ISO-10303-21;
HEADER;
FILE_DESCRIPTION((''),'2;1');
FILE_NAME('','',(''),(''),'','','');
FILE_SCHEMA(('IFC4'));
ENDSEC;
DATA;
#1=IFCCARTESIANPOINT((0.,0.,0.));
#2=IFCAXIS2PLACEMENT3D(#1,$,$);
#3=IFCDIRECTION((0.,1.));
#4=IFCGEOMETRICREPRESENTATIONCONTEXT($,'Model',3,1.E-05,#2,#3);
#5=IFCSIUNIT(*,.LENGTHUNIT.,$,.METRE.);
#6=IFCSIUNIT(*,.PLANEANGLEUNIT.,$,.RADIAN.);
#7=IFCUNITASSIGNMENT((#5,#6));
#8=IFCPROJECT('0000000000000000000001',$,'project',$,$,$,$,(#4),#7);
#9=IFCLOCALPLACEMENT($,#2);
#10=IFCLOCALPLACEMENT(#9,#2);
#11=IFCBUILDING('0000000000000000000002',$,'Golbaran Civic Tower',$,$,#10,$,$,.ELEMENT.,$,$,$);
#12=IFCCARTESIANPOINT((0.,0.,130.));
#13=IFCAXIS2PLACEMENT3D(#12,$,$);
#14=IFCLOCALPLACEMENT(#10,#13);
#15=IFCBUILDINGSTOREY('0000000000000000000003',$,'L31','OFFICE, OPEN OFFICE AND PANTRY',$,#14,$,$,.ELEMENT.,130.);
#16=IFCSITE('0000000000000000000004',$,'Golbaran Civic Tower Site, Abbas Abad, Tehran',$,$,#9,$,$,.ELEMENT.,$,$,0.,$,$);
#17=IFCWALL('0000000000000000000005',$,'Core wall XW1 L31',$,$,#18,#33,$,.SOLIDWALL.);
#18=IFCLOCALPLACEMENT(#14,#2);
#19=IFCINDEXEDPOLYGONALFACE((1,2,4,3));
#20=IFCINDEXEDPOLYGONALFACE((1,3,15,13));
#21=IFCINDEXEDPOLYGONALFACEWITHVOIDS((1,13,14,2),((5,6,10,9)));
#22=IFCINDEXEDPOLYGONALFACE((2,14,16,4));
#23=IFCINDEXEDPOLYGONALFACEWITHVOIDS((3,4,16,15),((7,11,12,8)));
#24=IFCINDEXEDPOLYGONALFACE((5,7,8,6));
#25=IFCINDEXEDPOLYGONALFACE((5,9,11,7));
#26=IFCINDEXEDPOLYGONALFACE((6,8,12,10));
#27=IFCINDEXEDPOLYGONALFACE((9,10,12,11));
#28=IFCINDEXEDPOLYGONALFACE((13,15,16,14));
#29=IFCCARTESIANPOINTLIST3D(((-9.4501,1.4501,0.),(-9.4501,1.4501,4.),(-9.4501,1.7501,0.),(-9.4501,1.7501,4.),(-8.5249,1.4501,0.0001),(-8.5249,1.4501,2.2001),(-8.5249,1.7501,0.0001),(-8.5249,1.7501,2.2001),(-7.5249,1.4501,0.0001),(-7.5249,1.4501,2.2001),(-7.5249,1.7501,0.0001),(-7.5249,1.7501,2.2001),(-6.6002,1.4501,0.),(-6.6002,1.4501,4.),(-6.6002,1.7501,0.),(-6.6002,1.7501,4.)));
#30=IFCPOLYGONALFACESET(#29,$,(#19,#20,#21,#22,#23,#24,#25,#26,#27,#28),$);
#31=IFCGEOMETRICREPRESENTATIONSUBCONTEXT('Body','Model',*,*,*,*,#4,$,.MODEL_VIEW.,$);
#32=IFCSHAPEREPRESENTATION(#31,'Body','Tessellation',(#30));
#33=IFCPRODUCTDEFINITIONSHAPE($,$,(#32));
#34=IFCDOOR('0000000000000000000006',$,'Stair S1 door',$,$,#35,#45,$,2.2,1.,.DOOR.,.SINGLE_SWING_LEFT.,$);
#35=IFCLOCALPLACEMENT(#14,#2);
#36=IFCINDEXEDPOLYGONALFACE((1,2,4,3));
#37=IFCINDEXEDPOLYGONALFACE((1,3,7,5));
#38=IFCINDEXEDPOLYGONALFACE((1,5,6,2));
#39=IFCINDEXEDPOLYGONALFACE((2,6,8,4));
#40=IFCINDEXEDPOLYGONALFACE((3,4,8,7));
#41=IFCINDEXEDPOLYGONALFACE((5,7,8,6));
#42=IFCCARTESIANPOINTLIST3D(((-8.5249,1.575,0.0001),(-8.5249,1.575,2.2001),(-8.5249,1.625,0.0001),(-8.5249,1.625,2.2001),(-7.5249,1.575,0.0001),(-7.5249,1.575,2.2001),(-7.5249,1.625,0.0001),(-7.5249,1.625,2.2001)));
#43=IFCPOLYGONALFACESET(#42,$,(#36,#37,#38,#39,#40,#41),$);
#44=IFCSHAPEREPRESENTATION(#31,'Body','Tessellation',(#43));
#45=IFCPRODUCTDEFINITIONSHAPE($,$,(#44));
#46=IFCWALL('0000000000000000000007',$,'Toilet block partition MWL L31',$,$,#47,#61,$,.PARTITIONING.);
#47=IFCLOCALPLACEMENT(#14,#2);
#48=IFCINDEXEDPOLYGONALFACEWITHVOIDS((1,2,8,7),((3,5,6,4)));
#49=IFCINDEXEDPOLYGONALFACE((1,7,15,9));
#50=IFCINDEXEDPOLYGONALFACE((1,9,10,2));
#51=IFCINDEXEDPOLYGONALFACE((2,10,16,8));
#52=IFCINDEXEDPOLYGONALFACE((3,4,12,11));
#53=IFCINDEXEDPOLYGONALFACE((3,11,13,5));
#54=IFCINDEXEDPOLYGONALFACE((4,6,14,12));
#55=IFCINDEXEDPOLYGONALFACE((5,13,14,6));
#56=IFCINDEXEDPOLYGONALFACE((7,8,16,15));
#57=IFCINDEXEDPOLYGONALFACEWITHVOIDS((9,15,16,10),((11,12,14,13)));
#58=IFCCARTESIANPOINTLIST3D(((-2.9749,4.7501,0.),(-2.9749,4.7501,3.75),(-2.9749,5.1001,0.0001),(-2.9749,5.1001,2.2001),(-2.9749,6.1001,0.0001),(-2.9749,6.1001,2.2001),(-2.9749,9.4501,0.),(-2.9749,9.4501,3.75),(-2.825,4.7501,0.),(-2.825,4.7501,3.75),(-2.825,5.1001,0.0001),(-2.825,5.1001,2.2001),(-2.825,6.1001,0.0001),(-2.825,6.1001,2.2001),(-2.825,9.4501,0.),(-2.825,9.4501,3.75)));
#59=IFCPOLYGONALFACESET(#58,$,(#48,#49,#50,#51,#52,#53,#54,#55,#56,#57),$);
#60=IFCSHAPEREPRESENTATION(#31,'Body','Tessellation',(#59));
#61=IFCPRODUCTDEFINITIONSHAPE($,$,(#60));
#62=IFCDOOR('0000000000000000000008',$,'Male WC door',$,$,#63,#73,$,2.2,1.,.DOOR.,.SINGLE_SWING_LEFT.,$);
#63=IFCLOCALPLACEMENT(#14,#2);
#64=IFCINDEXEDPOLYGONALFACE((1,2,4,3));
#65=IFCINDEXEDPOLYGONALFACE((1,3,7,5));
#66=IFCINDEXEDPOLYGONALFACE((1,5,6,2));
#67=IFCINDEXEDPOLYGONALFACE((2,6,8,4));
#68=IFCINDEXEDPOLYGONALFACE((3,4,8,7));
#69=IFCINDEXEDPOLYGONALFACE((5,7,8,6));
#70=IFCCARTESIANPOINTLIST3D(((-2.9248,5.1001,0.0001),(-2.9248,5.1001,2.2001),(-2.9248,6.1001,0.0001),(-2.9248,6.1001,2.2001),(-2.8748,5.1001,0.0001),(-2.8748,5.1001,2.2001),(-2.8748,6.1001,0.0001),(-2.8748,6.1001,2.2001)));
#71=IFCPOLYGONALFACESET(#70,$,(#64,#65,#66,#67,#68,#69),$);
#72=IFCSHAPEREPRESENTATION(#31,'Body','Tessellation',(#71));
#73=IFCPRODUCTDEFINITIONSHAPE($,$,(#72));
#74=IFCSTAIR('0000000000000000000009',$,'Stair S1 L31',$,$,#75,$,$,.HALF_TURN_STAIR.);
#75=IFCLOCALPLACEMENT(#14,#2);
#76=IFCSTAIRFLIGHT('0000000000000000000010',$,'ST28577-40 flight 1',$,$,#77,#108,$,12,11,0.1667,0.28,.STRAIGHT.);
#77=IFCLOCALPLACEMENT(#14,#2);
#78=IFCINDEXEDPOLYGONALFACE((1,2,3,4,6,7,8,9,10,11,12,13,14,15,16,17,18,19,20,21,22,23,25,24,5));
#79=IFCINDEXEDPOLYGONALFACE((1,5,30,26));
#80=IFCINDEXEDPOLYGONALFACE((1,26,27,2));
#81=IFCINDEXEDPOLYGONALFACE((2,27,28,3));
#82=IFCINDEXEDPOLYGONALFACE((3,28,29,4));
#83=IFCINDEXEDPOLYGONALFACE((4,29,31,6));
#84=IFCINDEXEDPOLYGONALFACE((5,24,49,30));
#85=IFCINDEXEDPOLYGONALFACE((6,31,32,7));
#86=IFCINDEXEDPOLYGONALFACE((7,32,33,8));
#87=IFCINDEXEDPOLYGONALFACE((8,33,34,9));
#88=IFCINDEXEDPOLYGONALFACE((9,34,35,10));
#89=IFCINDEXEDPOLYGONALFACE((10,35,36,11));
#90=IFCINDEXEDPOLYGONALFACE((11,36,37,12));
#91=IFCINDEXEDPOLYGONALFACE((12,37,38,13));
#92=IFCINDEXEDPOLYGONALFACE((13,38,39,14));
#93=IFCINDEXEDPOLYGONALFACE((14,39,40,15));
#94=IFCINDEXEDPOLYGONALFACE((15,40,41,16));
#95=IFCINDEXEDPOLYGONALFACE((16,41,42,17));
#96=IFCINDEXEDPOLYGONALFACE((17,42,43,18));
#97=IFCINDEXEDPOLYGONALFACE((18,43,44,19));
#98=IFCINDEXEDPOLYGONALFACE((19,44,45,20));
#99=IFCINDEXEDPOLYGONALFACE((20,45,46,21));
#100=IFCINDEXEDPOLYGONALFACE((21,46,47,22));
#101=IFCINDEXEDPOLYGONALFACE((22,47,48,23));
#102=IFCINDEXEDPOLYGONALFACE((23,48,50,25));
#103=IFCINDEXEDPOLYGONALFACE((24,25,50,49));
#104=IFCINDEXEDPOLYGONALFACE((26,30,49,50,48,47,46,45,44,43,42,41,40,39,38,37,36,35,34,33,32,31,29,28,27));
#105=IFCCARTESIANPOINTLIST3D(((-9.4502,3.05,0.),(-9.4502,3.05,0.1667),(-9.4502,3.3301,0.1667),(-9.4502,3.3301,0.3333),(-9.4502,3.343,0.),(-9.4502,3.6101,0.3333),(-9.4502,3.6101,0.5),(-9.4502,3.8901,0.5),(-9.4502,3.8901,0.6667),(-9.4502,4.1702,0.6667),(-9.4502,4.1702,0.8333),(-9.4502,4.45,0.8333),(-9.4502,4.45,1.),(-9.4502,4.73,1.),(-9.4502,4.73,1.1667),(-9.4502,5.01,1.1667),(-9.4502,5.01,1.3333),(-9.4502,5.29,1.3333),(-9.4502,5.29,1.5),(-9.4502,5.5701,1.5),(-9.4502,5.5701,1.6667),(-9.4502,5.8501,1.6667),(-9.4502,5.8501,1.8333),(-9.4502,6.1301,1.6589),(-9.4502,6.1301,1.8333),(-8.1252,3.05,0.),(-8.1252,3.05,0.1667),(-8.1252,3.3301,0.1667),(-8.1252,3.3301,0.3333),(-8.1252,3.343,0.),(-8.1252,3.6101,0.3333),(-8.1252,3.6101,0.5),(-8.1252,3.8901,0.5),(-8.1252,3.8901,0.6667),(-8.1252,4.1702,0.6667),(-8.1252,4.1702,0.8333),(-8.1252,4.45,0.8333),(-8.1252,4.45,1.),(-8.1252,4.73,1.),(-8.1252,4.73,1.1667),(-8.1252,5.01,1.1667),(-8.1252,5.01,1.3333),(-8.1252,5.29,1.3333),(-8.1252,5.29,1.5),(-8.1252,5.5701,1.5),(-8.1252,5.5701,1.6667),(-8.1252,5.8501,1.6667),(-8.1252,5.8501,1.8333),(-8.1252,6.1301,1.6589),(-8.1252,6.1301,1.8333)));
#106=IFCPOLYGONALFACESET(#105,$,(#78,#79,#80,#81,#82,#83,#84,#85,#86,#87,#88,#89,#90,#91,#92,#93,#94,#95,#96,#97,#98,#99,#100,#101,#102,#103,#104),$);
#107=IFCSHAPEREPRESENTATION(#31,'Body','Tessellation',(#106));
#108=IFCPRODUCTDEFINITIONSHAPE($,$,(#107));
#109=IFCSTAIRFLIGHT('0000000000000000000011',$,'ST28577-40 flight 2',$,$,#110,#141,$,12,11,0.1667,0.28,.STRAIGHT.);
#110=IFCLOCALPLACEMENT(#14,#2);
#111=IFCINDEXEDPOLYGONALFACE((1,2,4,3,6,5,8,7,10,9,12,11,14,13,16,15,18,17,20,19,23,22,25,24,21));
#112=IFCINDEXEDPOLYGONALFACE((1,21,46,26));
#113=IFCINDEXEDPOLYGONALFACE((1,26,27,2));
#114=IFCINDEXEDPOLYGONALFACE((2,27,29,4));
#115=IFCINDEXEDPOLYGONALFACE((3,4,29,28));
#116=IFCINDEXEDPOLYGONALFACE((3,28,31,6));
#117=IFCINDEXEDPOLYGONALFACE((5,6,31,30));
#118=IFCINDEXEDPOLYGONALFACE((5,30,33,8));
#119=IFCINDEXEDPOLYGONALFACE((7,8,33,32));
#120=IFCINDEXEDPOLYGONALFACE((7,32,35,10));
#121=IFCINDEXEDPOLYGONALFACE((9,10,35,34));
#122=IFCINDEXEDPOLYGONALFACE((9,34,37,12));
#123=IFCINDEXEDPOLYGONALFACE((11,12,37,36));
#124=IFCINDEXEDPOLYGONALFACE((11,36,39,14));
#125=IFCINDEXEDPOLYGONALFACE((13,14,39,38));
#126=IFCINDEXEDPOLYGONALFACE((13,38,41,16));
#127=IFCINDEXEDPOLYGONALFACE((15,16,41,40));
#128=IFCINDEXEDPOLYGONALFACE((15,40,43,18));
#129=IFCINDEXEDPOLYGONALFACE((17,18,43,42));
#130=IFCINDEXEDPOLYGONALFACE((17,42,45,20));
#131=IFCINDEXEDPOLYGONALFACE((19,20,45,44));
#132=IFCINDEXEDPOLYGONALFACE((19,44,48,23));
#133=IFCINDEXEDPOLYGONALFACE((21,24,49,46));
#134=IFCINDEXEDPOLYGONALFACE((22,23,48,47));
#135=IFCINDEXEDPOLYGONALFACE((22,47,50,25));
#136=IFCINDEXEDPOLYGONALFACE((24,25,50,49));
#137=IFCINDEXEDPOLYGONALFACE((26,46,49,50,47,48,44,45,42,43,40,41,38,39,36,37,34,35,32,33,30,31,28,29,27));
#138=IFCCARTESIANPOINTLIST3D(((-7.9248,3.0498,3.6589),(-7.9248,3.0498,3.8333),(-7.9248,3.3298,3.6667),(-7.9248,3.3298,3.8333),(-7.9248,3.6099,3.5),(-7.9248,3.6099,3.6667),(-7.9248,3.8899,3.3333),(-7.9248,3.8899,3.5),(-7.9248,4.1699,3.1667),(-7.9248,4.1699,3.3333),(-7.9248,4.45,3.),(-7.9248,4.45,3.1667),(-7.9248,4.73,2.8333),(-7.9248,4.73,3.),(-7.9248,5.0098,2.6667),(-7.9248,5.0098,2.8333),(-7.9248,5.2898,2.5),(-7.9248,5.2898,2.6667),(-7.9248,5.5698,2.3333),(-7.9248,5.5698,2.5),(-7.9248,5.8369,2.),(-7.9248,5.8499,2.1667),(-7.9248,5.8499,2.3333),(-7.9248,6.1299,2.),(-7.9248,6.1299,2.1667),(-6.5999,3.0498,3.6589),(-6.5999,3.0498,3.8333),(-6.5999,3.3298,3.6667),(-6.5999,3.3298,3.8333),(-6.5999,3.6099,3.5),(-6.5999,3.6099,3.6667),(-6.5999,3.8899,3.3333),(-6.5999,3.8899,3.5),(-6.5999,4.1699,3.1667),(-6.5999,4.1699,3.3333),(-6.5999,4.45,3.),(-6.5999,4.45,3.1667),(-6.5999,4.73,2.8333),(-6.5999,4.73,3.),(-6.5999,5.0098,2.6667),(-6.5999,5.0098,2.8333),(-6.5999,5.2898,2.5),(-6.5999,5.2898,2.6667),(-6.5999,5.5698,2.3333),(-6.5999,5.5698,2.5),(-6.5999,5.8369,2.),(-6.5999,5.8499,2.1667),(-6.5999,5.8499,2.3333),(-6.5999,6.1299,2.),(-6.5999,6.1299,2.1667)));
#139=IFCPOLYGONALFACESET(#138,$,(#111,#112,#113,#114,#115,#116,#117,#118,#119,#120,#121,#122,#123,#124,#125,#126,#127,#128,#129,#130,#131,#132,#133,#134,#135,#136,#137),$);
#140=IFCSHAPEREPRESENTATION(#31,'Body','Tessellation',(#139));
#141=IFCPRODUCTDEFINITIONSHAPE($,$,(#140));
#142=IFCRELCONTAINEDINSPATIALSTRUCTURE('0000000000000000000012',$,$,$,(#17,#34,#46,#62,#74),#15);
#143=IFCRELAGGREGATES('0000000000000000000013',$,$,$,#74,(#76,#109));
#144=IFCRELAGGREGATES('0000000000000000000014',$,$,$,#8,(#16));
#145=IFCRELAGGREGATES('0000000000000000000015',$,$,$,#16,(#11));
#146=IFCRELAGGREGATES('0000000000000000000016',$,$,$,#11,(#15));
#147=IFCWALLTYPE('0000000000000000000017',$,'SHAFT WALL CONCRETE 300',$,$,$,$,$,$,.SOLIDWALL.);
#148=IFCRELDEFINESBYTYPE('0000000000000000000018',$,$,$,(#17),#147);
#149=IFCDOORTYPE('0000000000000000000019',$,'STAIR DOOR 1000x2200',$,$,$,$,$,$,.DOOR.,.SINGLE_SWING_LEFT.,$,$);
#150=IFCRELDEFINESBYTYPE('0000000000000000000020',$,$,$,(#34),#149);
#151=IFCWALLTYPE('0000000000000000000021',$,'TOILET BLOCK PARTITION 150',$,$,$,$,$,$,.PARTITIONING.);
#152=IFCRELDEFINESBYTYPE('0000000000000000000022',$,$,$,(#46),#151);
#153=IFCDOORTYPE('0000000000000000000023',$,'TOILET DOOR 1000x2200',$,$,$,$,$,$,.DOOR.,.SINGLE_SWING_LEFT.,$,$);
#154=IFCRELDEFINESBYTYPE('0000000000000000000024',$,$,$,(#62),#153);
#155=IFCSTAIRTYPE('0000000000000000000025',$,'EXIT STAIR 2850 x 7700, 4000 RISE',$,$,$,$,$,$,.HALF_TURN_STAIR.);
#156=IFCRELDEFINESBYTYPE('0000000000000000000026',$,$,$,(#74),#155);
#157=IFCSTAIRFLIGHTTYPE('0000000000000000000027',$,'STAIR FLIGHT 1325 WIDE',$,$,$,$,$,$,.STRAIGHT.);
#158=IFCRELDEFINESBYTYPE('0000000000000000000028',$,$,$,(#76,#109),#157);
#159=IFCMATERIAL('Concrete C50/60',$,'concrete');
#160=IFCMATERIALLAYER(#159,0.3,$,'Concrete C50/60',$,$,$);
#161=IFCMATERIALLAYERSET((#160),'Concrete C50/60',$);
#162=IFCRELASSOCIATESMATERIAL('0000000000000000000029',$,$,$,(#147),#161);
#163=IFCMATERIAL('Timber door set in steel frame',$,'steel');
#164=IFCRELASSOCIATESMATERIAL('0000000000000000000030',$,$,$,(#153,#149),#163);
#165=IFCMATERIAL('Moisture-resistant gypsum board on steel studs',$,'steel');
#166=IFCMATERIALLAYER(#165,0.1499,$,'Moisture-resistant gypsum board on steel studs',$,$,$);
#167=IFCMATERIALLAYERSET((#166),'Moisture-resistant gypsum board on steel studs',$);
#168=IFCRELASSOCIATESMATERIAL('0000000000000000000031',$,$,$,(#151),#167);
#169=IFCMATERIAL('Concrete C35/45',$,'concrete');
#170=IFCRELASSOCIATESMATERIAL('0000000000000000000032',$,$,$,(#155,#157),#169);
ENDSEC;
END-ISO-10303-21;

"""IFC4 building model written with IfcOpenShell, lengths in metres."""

from ifc_helpers import new_model, si_unit, direction, frame, frame_2d, origin, place, context, subcontext, project, spatial, polyline, rectangle, outline, extrude, material, layer, layer_set, type_object, element, fill, aggregate, save


model = new_model("IFC4")

# Units and contexts
model_context = context("Model", 3, precision=1e-05, world=origin(), true_north=direction((0.0, 1.0)))
body_context = subcontext(model_context, "Body", "Model", "MODEL_VIEW")
ifc_project = project(units=[si_unit("LENGTHUNIT", "METRE"), si_unit("PLANEANGLEUNIT", "RADIAN")], contexts=[model_context])

# Site, building, storey
site_placement = place(None, origin())
site = spatial("IfcSite", under=ifc_project, at=site_placement, Name="Golbaran Civic Tower Site, Abbas Abad, Tehran", CompositionType="ELEMENT", RefElevation=0.0)
building_placement = place(site_placement, origin())
building = spatial("IfcBuilding", under=site, at=building_placement, Name="Golbaran Civic Tower", CompositionType="ELEMENT")
storey_placement = place(building_placement, frame((0.0, 0.0, 130.0)))
storey = spatial("IfcBuildingStorey", under=building, at=storey_placement, Name="L31", Description="OFFICE, OPEN OFFICE AND PANTRY", CompositionType="ELEMENT", Elevation=130.0)

# Shared definitions
ifc_material_1 = material(Name="Timber door set in steel frame", Category="steel")

# Shared definitions
ifc_material_2 = material(Name="Concrete C50/60", Category="concrete")
ifc_layer_1 = layer(ifc_material_2, 0.3, Name="Concrete C50/60")
ifc_layer_set_1 = layer_set([ifc_layer_1], Name="Concrete C50/60")
wall_type_1 = type_object("IfcWallType", Name="SHAFT WALL CONCRETE 300", PredefinedType="SOLIDWALL", material=ifc_layer_set_1)

# Walls, openings, doors
door_type_1 = type_object("IfcDoorType", Name="TOILET DOOR 1000x2200", OperationType="SINGLE_SWING_LEFT", PredefinedType="DOOR", material=ifc_material_1)
wall_1_placement = place(storey_placement, frame((-9.45, 1.6001, 0.0), z_axis=(0.0, 0.0, 1.0), x_axis=(1.0, 0.0, 0.0)))
wall_1 = element("IfcWall", 1, at=wall_1_placement, inside=storey, type_object=wall_type_1, Name="Core wall XW1 L31", PredefinedType="SOLIDWALL", context=body_context, shape_type="SweptSolid", body=[
    extrude(rectangle(XDim=2.8499, YDim=0.3, at=frame_2d((1.4248, 0.0))), origin(), (0.0, 0.0, 1.0), 4.0),
])
opening_1_placement = place(wall_1_placement, frame((0.925, 0.0, 0.0)))
opening_1 = element("IfcOpeningElement", 2, at=opening_1_placement, cuts=wall_1, PredefinedType="OPENING", context=body_context, shape_type="SweptSolid", body=[
    extrude(rectangle(XDim=1.0, YDim=2.2, at=frame_2d((0.5, 1.1001))), frame((0.0, 0.1599, 0.0), z_axis=(0.0, -1.0, 0.0), x_axis=(1.0, 0.0, 0.0)), (0.0, 0.0, 1.0), 0.3201),
])
door_type_2 = type_object("IfcDoorType", Name="STAIR DOOR 1000x2200", OperationType="SINGLE_SWING_LEFT", PredefinedType="DOOR", material=ifc_material_1)
door_1_placement = place(opening_1_placement, origin())
door_1 = element("IfcDoor", 3, at=door_1_placement, inside=storey, type_object=door_type_2, Name="Stair S1 door", OperationType="SINGLE_SWING_LEFT", OverallHeight=2.2, OverallWidth=1.0, PredefinedType="DOOR", context=body_context, shape_type="SweptSolid", body=[
    extrude(rectangle(XDim=1.0, YDim=2.2, at=frame_2d((0.5, 1.1001))), frame((0.0, 0.0249, 0.0), z_axis=(0.0, -1.0, 0.0), x_axis=(1.0, 0.0, 0.0)), (0.0, 0.0, 1.0), 0.05),
])
fill(opening_1, door_1)
ifc_material_3 = material(Name="Moisture-resistant gypsum board on steel studs", Category="steel")
ifc_layer_2 = layer(ifc_material_3, 0.1499, Name="Moisture-resistant gypsum board on steel studs")
ifc_layer_set_2 = layer_set([ifc_layer_2], Name="Moisture-resistant gypsum board on steel studs")
wall_type_2 = type_object("IfcWallType", Name="TOILET BLOCK PARTITION 150", PredefinedType="PARTITIONING", material=ifc_layer_set_2)
wall_2_placement = place(storey_placement, frame((-2.8999, 4.75, 0.0), z_axis=(0.0, 0.0, 1.0), x_axis=(0.0, 1.0, 0.0)))
wall_2 = element("IfcWall", 4, at=wall_2_placement, inside=storey, type_object=wall_type_2, Name="Toilet block partition MWL L31", PredefinedType="PARTITIONING", context=body_context, shape_type="SweptSolid", body=[
    extrude(rectangle(XDim=4.7, YDim=0.1499, at=frame_2d((2.3501, 0.0))), origin(), (0.0, 0.0, 1.0), 3.75),
])
opening_2_placement = place(wall_2_placement, frame((0.3501, 0.0, 0.0)))
opening_2 = element("IfcOpeningElement", 5, at=opening_2_placement, cuts=wall_2, PredefinedType="OPENING", context=body_context, shape_type="SweptSolid", body=[
    extrude(rectangle(XDim=1.0, YDim=2.2, at=frame_2d((0.5, 1.1001))), frame((0.0, 0.085, 0.0), z_axis=(0.0, -1.0, 0.0), x_axis=(1.0, 0.0, 0.0)), (0.0, 0.0, 1.0), 0.1699),
])
door_2_placement = place(opening_2_placement, origin())
door_2 = element("IfcDoor", 6, at=door_2_placement, inside=storey, type_object=door_type_1, Name="Male WC door", OperationType="SINGLE_SWING_LEFT", OverallHeight=2.2, OverallWidth=1.0, PredefinedType="DOOR", context=body_context, shape_type="SweptSolid", body=[
    extrude(rectangle(XDim=1.0, YDim=2.2, at=frame_2d((0.5, 1.1001))), frame((0.0, 0.0249, 0.0), z_axis=(0.0, -1.0, 0.0), x_axis=(1.0, 0.0, 0.0)), (0.0, 0.0, 1.0), 0.05),
])
fill(opening_2, door_2)

# Stair, stair flights
ifc_material_4 = material(Name="Concrete C35/45", Category="concrete")
stair_type = type_object("IfcStairType", Name="EXIT STAIR 2850 x 7700, 4000 RISE", PredefinedType="HALF_TURN_STAIR", material=ifc_material_4)
stair_placement = place(storey_placement, origin())
stair = element("IfcStair", 7, at=stair_placement, inside=storey, type_object=stair_type, Name="Stair S1 L31", PredefinedType="HALF_TURN_STAIR")
stair_flight_type = type_object("IfcStairFlightType", Name="STAIR FLIGHT 1325 WIDE", PredefinedType="STRAIGHT", material=ifc_material_4)
stair_flight_1_placement = place(storey_placement, frame((-8.7876, 3.05, 0.0), z_axis=(0.0, 0.0, 1.0), x_axis=(0.0, 1.0, 0.0)))
stair_flight_1 = element("IfcStairFlight", 8, at=stair_flight_1_placement, type_object=stair_flight_type, Name="ST28577-40 flight 1", NumberOfRisers=12, NumberOfTreads=11, PredefinedType="STRAIGHT", RiserHeight=0.1667, TreadLength=0.28, context=body_context, shape_type="SweptSolid", body=[
    extrude(outline(polyline([(0.0, 0.0), (0.0, 0.1667), (0.28, 0.1667), (0.28, 0.3333), (0.5601, 0.3333), (0.5601, 0.5), (0.8401, 0.5), (0.8401, 0.6667), (1.1201, 0.6667), (1.1201, 0.8333), (1.3999, 0.8333), (1.3999, 1.0), (1.6799, 1.0), (1.6799, 1.1667), (1.96, 1.1667), (1.96, 1.3333), (2.24, 1.3333), (2.24, 1.5), (2.52, 1.5), (2.52, 1.6667), (2.8, 1.6667), (2.8, 1.8333), (3.0801, 1.8333), (3.0801, 2.0), (3.0801, 1.6589), (0.293, 0.0), (0.0, 0.0)])), frame((0.0, 0.6626, 0.0), z_axis=(0.0, -1.0, 0.0), x_axis=(1.0, 0.0, 0.0)), (0.0, 0.0, 1.0), 1.325),
])
stair_flight_2_placement = place(storey_placement, frame((-7.2625, 6.1299, 2.0), z_axis=(0.0, 0.0, 1.0), x_axis=(0.0, -1.0, 0.0)))
stair_flight_2 = element("IfcStairFlight", 9, at=stair_flight_2_placement, type_object=stair_flight_type, Name="ST28577-40 flight 2", NumberOfRisers=12, NumberOfTreads=11, PredefinedType="STRAIGHT", RiserHeight=0.1667, TreadLength=0.28, context=body_context, shape_type="SweptSolid", body=[
    extrude(outline(polyline([(0.0, 0.0), (0.0, 0.1667), (0.28, 0.1667), (0.28, 0.3333), (0.5601, 0.3333), (0.5601, 0.5), (0.8401, 0.5), (0.8401, 0.6667), (1.1201, 0.6667), (1.1201, 0.8333), (1.3999, 0.8333), (1.3999, 1.0), (1.6799, 1.0), (1.6799, 1.1667), (1.96, 1.1667), (1.96, 1.3333), (2.24, 1.3333), (2.24, 1.5), (2.52, 1.5), (2.52, 1.6667), (2.8, 1.6667), (2.8, 1.8333), (3.0801, 1.8333), (3.0801, 2.0), (3.0801, 1.6589), (0.293, 0.0), (0.0, 0.0)])), frame((0.0, 0.6626, 0.0), z_axis=(0.0, -1.0, 0.0), x_axis=(1.0, 0.0, 0.0)), (0.0, 0.0, 1.0), 1.325),
])
aggregate(stair, [stair_flight_1, stair_flight_2])

save(model, "model.ifc")
